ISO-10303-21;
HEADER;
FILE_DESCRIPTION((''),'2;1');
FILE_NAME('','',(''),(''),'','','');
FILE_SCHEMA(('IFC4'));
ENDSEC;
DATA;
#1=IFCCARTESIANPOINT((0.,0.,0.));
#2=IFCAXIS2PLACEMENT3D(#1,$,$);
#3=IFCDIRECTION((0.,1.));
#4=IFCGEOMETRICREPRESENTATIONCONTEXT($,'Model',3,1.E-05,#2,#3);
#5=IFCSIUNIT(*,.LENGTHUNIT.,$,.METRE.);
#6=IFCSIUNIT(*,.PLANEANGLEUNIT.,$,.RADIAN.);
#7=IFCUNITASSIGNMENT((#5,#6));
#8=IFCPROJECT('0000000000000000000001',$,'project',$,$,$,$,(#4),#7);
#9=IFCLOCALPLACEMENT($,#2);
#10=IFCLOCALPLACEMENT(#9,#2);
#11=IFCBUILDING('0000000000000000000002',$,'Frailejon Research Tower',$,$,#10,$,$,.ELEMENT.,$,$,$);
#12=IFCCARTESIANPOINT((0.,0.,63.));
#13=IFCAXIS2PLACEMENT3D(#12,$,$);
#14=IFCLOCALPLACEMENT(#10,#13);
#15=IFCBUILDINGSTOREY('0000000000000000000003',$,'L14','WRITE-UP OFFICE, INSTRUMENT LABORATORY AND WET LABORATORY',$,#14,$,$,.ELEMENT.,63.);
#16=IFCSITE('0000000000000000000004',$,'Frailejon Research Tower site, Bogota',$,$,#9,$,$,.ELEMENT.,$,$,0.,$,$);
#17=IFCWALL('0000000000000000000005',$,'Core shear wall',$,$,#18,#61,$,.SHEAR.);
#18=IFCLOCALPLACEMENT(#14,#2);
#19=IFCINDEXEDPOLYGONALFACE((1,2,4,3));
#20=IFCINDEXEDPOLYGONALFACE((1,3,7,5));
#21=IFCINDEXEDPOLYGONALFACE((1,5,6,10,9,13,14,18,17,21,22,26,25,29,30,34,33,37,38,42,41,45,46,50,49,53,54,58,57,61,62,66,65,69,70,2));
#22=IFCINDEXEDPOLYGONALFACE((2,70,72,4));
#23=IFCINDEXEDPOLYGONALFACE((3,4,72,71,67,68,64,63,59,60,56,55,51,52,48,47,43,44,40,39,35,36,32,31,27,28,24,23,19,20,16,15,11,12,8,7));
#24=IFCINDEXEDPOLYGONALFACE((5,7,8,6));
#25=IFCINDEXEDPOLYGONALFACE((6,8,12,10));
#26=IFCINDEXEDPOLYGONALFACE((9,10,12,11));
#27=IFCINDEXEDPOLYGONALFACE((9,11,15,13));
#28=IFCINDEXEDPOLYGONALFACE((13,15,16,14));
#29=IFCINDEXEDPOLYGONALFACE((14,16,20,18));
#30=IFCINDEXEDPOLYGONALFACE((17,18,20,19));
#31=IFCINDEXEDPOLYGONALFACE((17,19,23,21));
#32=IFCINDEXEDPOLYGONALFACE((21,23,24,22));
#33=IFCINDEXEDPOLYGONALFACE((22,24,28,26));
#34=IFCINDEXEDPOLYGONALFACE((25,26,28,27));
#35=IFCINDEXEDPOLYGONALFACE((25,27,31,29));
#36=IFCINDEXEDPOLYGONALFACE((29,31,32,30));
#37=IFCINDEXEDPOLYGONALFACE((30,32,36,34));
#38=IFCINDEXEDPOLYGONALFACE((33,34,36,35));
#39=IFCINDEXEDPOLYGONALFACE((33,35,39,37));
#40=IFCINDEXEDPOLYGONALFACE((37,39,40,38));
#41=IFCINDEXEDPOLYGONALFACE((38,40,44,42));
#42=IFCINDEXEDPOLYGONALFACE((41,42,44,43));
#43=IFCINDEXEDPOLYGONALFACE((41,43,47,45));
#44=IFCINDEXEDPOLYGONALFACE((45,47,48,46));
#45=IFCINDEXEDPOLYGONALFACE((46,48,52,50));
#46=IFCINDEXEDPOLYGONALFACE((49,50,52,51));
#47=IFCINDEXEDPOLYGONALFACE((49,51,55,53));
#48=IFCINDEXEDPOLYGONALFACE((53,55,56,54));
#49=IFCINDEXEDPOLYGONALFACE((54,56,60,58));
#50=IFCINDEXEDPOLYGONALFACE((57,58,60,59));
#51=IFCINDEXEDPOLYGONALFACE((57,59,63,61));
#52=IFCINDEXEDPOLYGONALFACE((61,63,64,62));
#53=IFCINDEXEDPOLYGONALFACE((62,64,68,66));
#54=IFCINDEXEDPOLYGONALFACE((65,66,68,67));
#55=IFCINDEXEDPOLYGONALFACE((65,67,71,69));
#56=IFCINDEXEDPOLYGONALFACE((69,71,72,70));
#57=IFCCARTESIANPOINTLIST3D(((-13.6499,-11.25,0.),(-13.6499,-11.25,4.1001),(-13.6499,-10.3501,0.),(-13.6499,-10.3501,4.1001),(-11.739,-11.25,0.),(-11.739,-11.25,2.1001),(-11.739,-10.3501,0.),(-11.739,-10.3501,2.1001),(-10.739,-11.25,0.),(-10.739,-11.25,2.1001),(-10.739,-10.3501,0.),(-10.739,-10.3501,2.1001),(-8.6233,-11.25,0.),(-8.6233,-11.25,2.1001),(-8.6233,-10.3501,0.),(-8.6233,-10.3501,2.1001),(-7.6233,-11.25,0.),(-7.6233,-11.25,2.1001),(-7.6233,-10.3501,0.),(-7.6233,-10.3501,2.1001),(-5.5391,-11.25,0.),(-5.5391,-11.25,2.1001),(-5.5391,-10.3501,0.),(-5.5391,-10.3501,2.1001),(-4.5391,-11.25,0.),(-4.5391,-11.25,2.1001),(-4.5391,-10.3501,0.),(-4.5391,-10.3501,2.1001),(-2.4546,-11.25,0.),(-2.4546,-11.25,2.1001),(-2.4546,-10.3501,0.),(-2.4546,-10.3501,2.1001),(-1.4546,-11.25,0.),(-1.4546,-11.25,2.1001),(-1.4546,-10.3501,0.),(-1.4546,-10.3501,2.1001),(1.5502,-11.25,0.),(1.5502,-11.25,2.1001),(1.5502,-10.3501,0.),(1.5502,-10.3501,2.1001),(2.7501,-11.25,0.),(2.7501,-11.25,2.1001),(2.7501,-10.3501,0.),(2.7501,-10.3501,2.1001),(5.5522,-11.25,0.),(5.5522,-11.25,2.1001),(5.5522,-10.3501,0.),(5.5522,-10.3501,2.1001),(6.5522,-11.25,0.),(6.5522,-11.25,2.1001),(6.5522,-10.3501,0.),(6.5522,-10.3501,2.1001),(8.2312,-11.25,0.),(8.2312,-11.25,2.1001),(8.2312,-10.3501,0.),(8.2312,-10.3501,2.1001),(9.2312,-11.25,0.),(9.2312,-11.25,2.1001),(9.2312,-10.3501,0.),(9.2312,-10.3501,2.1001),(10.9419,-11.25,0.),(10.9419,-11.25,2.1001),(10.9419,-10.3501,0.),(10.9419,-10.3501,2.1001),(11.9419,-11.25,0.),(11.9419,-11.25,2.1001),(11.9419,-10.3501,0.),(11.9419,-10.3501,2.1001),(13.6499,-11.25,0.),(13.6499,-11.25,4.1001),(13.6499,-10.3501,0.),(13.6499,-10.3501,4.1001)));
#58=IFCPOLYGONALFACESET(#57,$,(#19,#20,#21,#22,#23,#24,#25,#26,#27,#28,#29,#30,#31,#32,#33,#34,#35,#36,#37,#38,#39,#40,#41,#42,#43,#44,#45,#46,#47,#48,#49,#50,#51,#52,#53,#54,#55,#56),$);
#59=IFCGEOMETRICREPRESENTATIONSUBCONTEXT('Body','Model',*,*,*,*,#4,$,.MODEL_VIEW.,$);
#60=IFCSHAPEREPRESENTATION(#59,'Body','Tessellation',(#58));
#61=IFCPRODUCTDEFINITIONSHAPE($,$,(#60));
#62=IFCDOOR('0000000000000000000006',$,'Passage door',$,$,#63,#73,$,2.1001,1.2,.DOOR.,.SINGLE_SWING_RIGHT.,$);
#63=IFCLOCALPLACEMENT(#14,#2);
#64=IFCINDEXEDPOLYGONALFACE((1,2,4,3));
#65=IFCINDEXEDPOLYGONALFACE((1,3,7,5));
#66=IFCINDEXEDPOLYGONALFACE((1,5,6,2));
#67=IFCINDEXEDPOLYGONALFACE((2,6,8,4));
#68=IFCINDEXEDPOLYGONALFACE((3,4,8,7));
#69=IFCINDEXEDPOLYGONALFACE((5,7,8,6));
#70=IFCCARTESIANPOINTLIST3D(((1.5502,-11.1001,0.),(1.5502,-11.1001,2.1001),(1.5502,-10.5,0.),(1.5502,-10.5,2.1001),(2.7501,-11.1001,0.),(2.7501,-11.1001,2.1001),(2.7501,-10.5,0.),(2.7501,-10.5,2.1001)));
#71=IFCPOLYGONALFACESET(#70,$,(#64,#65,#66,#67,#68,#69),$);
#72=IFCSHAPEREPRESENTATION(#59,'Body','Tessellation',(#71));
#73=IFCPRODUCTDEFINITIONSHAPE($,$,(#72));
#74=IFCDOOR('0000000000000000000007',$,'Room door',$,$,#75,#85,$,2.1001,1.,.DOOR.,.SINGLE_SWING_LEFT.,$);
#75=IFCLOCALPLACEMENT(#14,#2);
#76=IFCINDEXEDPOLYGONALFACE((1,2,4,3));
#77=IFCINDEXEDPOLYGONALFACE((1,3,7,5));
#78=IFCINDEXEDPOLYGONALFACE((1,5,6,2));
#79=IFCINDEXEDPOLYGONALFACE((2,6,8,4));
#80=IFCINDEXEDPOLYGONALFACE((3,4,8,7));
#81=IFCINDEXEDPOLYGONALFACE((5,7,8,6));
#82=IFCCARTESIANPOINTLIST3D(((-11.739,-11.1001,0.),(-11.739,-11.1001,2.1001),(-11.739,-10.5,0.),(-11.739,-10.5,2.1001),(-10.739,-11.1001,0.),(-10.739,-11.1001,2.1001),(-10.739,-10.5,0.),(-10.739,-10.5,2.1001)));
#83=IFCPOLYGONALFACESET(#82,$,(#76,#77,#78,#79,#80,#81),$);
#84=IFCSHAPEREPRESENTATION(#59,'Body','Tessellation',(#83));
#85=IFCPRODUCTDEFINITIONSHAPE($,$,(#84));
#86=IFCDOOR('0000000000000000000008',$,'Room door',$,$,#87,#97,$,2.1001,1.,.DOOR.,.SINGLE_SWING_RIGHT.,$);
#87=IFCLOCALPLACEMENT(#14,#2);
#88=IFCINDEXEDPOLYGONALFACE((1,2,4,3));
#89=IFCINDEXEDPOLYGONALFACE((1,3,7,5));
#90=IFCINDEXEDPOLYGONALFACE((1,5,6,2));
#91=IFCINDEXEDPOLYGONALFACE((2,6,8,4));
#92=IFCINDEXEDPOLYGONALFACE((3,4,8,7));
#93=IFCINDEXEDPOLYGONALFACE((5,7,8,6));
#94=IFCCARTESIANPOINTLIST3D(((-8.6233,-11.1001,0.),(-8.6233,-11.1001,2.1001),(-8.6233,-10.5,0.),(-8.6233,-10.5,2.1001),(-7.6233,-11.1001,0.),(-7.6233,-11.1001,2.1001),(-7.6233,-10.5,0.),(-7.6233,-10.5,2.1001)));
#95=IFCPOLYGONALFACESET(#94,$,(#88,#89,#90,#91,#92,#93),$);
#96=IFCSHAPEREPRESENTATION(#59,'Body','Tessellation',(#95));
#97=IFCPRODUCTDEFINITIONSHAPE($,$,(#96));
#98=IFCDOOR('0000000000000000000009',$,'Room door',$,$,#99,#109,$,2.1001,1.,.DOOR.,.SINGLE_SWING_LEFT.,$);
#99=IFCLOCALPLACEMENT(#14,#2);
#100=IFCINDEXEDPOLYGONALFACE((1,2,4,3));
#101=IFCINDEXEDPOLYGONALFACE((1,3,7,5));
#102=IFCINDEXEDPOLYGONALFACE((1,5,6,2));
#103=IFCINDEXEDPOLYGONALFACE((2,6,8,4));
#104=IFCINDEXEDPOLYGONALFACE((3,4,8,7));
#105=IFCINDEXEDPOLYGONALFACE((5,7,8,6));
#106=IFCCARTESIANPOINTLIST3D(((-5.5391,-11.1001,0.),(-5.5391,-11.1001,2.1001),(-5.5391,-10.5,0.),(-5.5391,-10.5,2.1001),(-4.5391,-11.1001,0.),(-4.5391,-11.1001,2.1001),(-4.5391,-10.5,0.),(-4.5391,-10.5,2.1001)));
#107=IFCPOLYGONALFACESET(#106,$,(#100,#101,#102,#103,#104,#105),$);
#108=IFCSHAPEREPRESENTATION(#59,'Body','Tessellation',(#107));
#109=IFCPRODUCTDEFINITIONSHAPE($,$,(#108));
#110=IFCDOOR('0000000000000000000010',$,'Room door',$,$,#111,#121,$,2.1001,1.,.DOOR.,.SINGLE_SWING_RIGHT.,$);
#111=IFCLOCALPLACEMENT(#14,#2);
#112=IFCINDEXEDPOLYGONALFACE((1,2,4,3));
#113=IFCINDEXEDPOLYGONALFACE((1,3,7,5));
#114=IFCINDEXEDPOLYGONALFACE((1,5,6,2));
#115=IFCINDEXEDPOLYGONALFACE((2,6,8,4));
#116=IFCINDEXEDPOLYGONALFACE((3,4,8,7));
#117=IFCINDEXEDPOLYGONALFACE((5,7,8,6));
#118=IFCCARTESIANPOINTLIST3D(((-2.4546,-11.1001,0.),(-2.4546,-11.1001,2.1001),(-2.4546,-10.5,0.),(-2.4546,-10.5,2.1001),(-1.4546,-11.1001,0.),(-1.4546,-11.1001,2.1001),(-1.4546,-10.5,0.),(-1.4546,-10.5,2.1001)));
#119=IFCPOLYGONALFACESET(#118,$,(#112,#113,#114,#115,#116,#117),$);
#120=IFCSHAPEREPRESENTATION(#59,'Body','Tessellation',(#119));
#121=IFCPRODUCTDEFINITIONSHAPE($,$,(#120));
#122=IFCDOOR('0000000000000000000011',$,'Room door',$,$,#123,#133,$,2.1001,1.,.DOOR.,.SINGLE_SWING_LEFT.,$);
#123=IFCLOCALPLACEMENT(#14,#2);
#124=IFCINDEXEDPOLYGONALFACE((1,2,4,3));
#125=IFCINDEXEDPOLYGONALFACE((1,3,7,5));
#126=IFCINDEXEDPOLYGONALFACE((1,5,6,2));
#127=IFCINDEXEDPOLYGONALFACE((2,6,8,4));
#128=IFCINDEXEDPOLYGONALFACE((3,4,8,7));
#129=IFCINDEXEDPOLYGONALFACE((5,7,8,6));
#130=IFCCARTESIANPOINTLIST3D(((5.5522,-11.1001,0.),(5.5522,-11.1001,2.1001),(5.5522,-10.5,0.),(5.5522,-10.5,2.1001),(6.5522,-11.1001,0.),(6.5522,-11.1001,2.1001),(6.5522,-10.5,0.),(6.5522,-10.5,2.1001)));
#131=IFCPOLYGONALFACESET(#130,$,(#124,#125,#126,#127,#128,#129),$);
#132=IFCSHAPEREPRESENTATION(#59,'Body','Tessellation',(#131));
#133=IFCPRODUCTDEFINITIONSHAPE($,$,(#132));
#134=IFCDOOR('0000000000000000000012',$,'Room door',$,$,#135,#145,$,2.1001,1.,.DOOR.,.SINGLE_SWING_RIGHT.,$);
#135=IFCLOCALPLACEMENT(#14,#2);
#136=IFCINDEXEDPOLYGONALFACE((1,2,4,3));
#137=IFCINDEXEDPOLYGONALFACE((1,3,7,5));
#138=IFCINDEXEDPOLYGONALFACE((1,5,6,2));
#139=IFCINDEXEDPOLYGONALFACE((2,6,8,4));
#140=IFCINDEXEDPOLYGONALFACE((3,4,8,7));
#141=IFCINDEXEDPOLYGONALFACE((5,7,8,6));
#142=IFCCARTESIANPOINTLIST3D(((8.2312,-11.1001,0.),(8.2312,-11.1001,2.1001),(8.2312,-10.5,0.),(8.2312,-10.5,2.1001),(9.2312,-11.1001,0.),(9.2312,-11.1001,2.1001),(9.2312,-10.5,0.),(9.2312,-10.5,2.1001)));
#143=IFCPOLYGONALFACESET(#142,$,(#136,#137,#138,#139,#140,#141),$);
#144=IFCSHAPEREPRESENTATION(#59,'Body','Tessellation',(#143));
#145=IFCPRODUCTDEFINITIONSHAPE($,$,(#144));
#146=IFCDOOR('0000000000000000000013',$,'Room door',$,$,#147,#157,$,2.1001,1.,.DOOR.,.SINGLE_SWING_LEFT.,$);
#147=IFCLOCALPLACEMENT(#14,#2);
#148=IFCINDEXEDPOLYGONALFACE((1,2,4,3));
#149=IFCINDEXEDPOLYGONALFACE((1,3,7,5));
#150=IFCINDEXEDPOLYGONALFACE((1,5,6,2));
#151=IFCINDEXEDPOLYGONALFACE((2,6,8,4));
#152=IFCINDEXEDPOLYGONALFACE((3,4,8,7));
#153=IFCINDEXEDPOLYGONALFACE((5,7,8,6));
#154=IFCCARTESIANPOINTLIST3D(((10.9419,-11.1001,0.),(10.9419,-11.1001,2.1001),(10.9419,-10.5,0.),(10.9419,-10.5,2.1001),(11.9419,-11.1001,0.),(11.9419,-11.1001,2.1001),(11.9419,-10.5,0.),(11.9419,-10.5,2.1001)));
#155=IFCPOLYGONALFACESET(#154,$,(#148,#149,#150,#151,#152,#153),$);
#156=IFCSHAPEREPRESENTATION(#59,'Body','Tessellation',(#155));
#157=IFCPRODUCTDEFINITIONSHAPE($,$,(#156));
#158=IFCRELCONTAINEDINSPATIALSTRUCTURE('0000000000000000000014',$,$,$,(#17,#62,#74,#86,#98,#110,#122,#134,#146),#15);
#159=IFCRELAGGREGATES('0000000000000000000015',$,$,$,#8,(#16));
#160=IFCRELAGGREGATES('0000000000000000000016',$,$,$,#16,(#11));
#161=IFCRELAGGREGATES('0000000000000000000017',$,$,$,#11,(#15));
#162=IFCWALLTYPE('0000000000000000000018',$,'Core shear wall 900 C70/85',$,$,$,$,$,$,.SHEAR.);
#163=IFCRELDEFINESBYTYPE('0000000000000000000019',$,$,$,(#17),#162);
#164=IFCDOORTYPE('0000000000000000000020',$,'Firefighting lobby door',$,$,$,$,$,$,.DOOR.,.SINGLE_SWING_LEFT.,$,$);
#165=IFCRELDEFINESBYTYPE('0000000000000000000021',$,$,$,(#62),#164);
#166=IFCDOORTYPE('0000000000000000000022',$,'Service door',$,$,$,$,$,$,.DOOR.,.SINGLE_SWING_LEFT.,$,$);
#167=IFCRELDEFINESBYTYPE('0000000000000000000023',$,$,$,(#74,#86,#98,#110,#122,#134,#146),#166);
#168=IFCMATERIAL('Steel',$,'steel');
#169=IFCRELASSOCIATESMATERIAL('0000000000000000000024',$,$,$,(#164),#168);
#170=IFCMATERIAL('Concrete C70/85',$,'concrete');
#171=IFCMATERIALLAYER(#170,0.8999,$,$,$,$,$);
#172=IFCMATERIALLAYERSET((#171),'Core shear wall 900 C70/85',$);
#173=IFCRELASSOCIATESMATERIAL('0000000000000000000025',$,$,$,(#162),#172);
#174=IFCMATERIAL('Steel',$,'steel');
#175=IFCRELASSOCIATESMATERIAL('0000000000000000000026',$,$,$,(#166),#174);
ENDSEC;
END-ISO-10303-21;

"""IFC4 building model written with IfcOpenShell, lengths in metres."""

from ifc_helpers import new_model, si_unit, direction, frame, frame_2d, origin, place, context, subcontext, project, spatial, rectangle, extrude, material, layer, layer_set, type_object, element, fill, save


model = new_model("IFC4")

# Units and contexts
model_context = context("Model", 3, precision=1e-05, world=origin(), true_north=direction((0.0, 1.0)))
body_context = subcontext(model_context, "Body", "Model", "MODEL_VIEW")
ifc_project = project(units=[si_unit("LENGTHUNIT", "METRE"), si_unit("PLANEANGLEUNIT", "RADIAN")], contexts=[model_context])

# Site, building, storey
site_placement = place(None, origin())
site = spatial("IfcSite", under=ifc_project, at=site_placement, Name="Frailejon Research Tower site, Bogota", CompositionType="ELEMENT", RefElevation=0.0)
building_placement = place(site_placement, origin())
building = spatial("IfcBuilding", under=site, at=building_placement, Name="Frailejon Research Tower", CompositionType="ELEMENT")
storey_placement = place(building_placement, frame((0.0, 0.0, 63.0)))
storey = spatial("IfcBuildingStorey", under=building, at=storey_placement, Name="L14", Description="WRITE-UP OFFICE, INSTRUMENT LABORATORY AND WET LABORATORY", CompositionType="ELEMENT", Elevation=63.0)

# Shared definitions
ifc_material_1 = material(Name="Steel", Category="steel")
door_type_1 = type_object("IfcDoorType", Name="Firefighting lobby door", OperationType="SINGLE_SWING_LEFT", PredefinedType="DOOR", material=ifc_material_1)

# Wall, openings, doors
ifc_material_2 = material(Name="Concrete C70/85", Category="concrete")
ifc_layer_1 = layer(ifc_material_2, 0.8999)
ifc_layer_set_1 = layer_set([ifc_layer_1], Name="Core shear wall 900 C70/85")
wall_type_1 = type_object("IfcWallType", Name="Core shear wall 900 C70/85", PredefinedType="SHEAR", material=ifc_layer_set_1)
wall_1_placement = place(storey_placement, frame((-13.6499, -10.8, 0.0), z_axis=(0.0, 0.0, 1.0), x_axis=(1.0, 0.0, 0.0)))
wall_1 = element("IfcWall", 1, at=wall_1_placement, inside=storey, type_object=wall_type_1, Name="Core shear wall", PredefinedType="SHEAR", context=body_context, shape_type="SweptSolid", body=[
    extrude(rectangle(XDim=27.2998, YDim=0.8999, at=frame_2d((13.6499, 0.0))), origin(), (0.0, 0.0, 1.0), 4.1001),
])
opening_1_placement = place(wall_1_placement, frame((1.9109, 0.0, 0.0)))
opening_1 = element("IfcOpeningElement", 2, at=opening_1_placement, cuts=wall_1, PredefinedType="OPENING", context=body_context, shape_type="SweptSolid", body=[
    extrude(rectangle(XDim=1.0, YDim=2.1001, at=frame_2d((0.5, 1.05))), frame((0.0, 0.46, 0.0), z_axis=(0.0, -1.0, 0.0), x_axis=(1.0, 0.0, 0.0)), (0.0, 0.0, 1.0), 0.9199),
])
opening_2_placement = place(wall_1_placement, frame((5.0266, 0.0, 0.0)))
opening_2 = element("IfcOpeningElement", 3, at=opening_2_placement, cuts=wall_1, PredefinedType="OPENING", context=body_context, shape_type="SweptSolid", body=[
    extrude(rectangle(XDim=1.0, YDim=2.1001, at=frame_2d((0.5, 1.05))), frame((0.0, 0.46, 0.0), z_axis=(0.0, -1.0, 0.0), x_axis=(1.0, 0.0, 0.0)), (0.0, 0.0, 1.0), 0.9199),
])
opening_3_placement = place(wall_1_placement, frame((8.1108, 0.0, 0.0)))
opening_3 = element("IfcOpeningElement", 4, at=opening_3_placement, cuts=wall_1, PredefinedType="OPENING", context=body_context, shape_type="SweptSolid", body=[
    extrude(rectangle(XDim=1.0, YDim=2.1001, at=frame_2d((0.5, 1.05))), frame((0.0, 0.46, 0.0), z_axis=(0.0, -1.0, 0.0), x_axis=(1.0, 0.0, 0.0)), (0.0, 0.0, 1.0), 0.9199),
])
opening_4_placement = place(wall_1_placement, frame((11.1953, 0.0, 0.0)))
opening_4 = element("IfcOpeningElement", 5, at=opening_4_placement, cuts=wall_1, PredefinedType="OPENING", context=body_context, shape_type="SweptSolid", body=[
    extrude(rectangle(XDim=1.0, YDim=2.1001, at=frame_2d((0.5, 1.05))), frame((0.0, 0.46, 0.0), z_axis=(0.0, -1.0, 0.0), x_axis=(1.0, 0.0, 0.0)), (0.0, 0.0, 1.0), 0.9199),
])
opening_5_placement = place(wall_1_placement, frame((19.2021, 0.0, 0.0)))
opening_5 = element("IfcOpeningElement", 6, at=opening_5_placement, cuts=wall_1, PredefinedType="OPENING", context=body_context, shape_type="SweptSolid", body=[
    extrude(rectangle(XDim=1.0, YDim=2.1001, at=frame_2d((0.5, 1.05))), frame((0.0, 0.46, 0.0), z_axis=(0.0, -1.0, 0.0), x_axis=(1.0, 0.0, 0.0)), (0.0, 0.0, 1.0), 0.9199),
])
opening_6_placement = place(wall_1_placement, frame((21.8811, 0.0, 0.0)))
opening_6 = element("IfcOpeningElement", 7, at=opening_6_placement, cuts=wall_1, PredefinedType="OPENING", context=body_context, shape_type="SweptSolid", body=[
    extrude(rectangle(XDim=1.0, YDim=2.1001, at=frame_2d((0.5, 1.05))), frame((0.0, 0.46, 0.0), z_axis=(0.0, -1.0, 0.0), x_axis=(1.0, 0.0, 0.0)), (0.0, 0.0, 1.0), 0.9199),
])
opening_7_placement = place(wall_1_placement, frame((24.5918, 0.0, 0.0)))
opening_7 = element("IfcOpeningElement", 8, at=opening_7_placement, cuts=wall_1, PredefinedType="OPENING", context=body_context, shape_type="SweptSolid", body=[
    extrude(rectangle(XDim=1.0, YDim=2.1001, at=frame_2d((0.5, 1.05))), frame((0.0, 0.46, 0.0), z_axis=(0.0, -1.0, 0.0), x_axis=(1.0, 0.0, 0.0)), (0.0, 0.0, 1.0), 0.9199),
])
opening_8_placement = place(wall_1_placement, frame((15.2, 0.0, 0.0)))
opening_8 = element("IfcOpeningElement", 9, at=opening_8_placement, cuts=wall_1, PredefinedType="OPENING", context=body_context, shape_type="SweptSolid", body=[
    extrude(rectangle(XDim=1.2, YDim=2.1001, at=frame_2d((0.6001, 1.05))), frame((0.0, 0.46, 0.0), z_axis=(0.0, -1.0, 0.0), x_axis=(1.0, 0.0, 0.0)), (0.0, 0.0, 1.0), 0.9199),
])
door_1_placement = place(opening_8_placement, origin())
door_1 = element("IfcDoor", 10, at=door_1_placement, inside=storey, type_object=door_type_1, Name="Passage door", OperationType="SINGLE_SWING_RIGHT", OverallHeight=2.1001, OverallWidth=1.2, PredefinedType="DOOR", context=body_context, shape_type="SweptSolid", body=[
    extrude(rectangle(XDim=1.2, YDim=2.1001, at=frame_2d((0.6001, 1.05))), frame((0.0, 0.3, 0.0), z_axis=(0.0, -1.0, 0.0), x_axis=(1.0, 0.0, 0.0)), (0.0, 0.0, 1.0), 0.6001),
])
fill(opening_8, door_1)
ifc_material_3 = material(Name="Steel", Category="steel")
door_type_2 = type_object("IfcDoorType", Name="Service door", OperationType="SINGLE_SWING_LEFT", PredefinedType="DOOR", material=ifc_material_3)
door_2_placement = place(opening_1_placement, origin())
door_2 = element("IfcDoor", 11, at=door_2_placement, inside=storey, type_object=door_type_2, Name="Room door", OperationType="SINGLE_SWING_LEFT", OverallHeight=2.1001, OverallWidth=1.0, PredefinedType="DOOR", context=body_context, shape_type="SweptSolid", body=[
    extrude(rectangle(XDim=1.0, YDim=2.1001, at=frame_2d((0.5, 1.05))), frame((0.0, 0.3, 0.0), z_axis=(0.0, -1.0, 0.0), x_axis=(1.0, 0.0, 0.0)), (0.0, 0.0, 1.0), 0.6001),
])
fill(opening_1, door_2)
door_3_placement = place(opening_2_placement, origin())
door_3 = element("IfcDoor", 12, at=door_3_placement, inside=storey, type_object=door_type_2, Name="Room door", OperationType="SINGLE_SWING_RIGHT", OverallHeight=2.1001, OverallWidth=1.0, PredefinedType="DOOR", context=body_context, shape_type="SweptSolid", body=[
    extrude(rectangle(XDim=1.0, YDim=2.1001, at=frame_2d((0.5, 1.05))), frame((0.0, 0.3, 0.0), z_axis=(0.0, -1.0, 0.0), x_axis=(1.0, 0.0, 0.0)), (0.0, 0.0, 1.0), 0.6001),
])
fill(opening_2, door_3)
door_4_placement = place(opening_3_placement, origin())
door_4 = element("IfcDoor", 13, at=door_4_placement, inside=storey, type_object=door_type_2, Name="Room door", OperationType="SINGLE_SWING_LEFT", OverallHeight=2.1001, OverallWidth=1.0, PredefinedType="DOOR", context=body_context, shape_type="SweptSolid", body=[
    extrude(rectangle(XDim=1.0, YDim=2.1001, at=frame_2d((0.5, 1.05))), frame((0.0, 0.3, 0.0), z_axis=(0.0, -1.0, 0.0), x_axis=(1.0, 0.0, 0.0)), (0.0, 0.0, 1.0), 0.6001),
])
fill(opening_3, door_4)
door_5_placement = place(opening_4_placement, origin())
door_5 = element("IfcDoor", 14, at=door_5_placement, inside=storey, type_object=door_type_2, Name="Room door", OperationType="SINGLE_SWING_RIGHT", OverallHeight=2.1001, OverallWidth=1.0, PredefinedType="DOOR", context=body_context, shape_type="SweptSolid", body=[
    extrude(rectangle(XDim=1.0, YDim=2.1001, at=frame_2d((0.5, 1.05))), frame((0.0, 0.3, 0.0), z_axis=(0.0, -1.0, 0.0), x_axis=(1.0, 0.0, 0.0)), (0.0, 0.0, 1.0), 0.6001),
])
fill(opening_4, door_5)
door_6_placement = place(opening_5_placement, origin())
door_6 = element("IfcDoor", 15, at=door_6_placement, inside=storey, type_object=door_type_2, Name="Room door", OperationType="SINGLE_SWING_LEFT", OverallHeight=2.1001, OverallWidth=1.0, PredefinedType="DOOR", context=body_context, shape_type="SweptSolid", body=[
    extrude(rectangle(XDim=1.0, YDim=2.1001, at=frame_2d((0.5, 1.05))), frame((0.0, 0.3, 0.0), z_axis=(0.0, -1.0, 0.0), x_axis=(1.0, 0.0, 0.0)), (0.0, 0.0, 1.0), 0.6001),
])
fill(opening_5, door_6)
door_7_placement = place(opening_6_placement, origin())
door_7 = element("IfcDoor", 16, at=door_7_placement, inside=storey, type_object=door_type_2, Name="Room door", OperationType="SINGLE_SWING_RIGHT", OverallHeight=2.1001, OverallWidth=1.0, PredefinedType="DOOR", context=body_context, shape_type="SweptSolid", body=[
    extrude(rectangle(XDim=1.0, YDim=2.1001, at=frame_2d((0.5, 1.05))), frame((0.0, 0.3, 0.0), z_axis=(0.0, -1.0, 0.0), x_axis=(1.0, 0.0, 0.0)), (0.0, 0.0, 1.0), 0.6001),
])
fill(opening_6, door_7)
door_8_placement = place(opening_7_placement, origin())
door_8 = element("IfcDoor", 17, at=door_8_placement, inside=storey, type_object=door_type_2, Name="Room door", OperationType="SINGLE_SWING_LEFT", OverallHeight=2.1001, OverallWidth=1.0, PredefinedType="DOOR", context=body_context, shape_type="SweptSolid", body=[
    extrude(rectangle(XDim=1.0, YDim=2.1001, at=frame_2d((0.5, 1.05))), frame((0.0, 0.3, 0.0), z_axis=(0.0, -1.0, 0.0), x_axis=(1.0, 0.0, 0.0)), (0.0, 0.0, 1.0), 0.6001),
])
fill(opening_7, door_8)

save(model, "model.ifc")
